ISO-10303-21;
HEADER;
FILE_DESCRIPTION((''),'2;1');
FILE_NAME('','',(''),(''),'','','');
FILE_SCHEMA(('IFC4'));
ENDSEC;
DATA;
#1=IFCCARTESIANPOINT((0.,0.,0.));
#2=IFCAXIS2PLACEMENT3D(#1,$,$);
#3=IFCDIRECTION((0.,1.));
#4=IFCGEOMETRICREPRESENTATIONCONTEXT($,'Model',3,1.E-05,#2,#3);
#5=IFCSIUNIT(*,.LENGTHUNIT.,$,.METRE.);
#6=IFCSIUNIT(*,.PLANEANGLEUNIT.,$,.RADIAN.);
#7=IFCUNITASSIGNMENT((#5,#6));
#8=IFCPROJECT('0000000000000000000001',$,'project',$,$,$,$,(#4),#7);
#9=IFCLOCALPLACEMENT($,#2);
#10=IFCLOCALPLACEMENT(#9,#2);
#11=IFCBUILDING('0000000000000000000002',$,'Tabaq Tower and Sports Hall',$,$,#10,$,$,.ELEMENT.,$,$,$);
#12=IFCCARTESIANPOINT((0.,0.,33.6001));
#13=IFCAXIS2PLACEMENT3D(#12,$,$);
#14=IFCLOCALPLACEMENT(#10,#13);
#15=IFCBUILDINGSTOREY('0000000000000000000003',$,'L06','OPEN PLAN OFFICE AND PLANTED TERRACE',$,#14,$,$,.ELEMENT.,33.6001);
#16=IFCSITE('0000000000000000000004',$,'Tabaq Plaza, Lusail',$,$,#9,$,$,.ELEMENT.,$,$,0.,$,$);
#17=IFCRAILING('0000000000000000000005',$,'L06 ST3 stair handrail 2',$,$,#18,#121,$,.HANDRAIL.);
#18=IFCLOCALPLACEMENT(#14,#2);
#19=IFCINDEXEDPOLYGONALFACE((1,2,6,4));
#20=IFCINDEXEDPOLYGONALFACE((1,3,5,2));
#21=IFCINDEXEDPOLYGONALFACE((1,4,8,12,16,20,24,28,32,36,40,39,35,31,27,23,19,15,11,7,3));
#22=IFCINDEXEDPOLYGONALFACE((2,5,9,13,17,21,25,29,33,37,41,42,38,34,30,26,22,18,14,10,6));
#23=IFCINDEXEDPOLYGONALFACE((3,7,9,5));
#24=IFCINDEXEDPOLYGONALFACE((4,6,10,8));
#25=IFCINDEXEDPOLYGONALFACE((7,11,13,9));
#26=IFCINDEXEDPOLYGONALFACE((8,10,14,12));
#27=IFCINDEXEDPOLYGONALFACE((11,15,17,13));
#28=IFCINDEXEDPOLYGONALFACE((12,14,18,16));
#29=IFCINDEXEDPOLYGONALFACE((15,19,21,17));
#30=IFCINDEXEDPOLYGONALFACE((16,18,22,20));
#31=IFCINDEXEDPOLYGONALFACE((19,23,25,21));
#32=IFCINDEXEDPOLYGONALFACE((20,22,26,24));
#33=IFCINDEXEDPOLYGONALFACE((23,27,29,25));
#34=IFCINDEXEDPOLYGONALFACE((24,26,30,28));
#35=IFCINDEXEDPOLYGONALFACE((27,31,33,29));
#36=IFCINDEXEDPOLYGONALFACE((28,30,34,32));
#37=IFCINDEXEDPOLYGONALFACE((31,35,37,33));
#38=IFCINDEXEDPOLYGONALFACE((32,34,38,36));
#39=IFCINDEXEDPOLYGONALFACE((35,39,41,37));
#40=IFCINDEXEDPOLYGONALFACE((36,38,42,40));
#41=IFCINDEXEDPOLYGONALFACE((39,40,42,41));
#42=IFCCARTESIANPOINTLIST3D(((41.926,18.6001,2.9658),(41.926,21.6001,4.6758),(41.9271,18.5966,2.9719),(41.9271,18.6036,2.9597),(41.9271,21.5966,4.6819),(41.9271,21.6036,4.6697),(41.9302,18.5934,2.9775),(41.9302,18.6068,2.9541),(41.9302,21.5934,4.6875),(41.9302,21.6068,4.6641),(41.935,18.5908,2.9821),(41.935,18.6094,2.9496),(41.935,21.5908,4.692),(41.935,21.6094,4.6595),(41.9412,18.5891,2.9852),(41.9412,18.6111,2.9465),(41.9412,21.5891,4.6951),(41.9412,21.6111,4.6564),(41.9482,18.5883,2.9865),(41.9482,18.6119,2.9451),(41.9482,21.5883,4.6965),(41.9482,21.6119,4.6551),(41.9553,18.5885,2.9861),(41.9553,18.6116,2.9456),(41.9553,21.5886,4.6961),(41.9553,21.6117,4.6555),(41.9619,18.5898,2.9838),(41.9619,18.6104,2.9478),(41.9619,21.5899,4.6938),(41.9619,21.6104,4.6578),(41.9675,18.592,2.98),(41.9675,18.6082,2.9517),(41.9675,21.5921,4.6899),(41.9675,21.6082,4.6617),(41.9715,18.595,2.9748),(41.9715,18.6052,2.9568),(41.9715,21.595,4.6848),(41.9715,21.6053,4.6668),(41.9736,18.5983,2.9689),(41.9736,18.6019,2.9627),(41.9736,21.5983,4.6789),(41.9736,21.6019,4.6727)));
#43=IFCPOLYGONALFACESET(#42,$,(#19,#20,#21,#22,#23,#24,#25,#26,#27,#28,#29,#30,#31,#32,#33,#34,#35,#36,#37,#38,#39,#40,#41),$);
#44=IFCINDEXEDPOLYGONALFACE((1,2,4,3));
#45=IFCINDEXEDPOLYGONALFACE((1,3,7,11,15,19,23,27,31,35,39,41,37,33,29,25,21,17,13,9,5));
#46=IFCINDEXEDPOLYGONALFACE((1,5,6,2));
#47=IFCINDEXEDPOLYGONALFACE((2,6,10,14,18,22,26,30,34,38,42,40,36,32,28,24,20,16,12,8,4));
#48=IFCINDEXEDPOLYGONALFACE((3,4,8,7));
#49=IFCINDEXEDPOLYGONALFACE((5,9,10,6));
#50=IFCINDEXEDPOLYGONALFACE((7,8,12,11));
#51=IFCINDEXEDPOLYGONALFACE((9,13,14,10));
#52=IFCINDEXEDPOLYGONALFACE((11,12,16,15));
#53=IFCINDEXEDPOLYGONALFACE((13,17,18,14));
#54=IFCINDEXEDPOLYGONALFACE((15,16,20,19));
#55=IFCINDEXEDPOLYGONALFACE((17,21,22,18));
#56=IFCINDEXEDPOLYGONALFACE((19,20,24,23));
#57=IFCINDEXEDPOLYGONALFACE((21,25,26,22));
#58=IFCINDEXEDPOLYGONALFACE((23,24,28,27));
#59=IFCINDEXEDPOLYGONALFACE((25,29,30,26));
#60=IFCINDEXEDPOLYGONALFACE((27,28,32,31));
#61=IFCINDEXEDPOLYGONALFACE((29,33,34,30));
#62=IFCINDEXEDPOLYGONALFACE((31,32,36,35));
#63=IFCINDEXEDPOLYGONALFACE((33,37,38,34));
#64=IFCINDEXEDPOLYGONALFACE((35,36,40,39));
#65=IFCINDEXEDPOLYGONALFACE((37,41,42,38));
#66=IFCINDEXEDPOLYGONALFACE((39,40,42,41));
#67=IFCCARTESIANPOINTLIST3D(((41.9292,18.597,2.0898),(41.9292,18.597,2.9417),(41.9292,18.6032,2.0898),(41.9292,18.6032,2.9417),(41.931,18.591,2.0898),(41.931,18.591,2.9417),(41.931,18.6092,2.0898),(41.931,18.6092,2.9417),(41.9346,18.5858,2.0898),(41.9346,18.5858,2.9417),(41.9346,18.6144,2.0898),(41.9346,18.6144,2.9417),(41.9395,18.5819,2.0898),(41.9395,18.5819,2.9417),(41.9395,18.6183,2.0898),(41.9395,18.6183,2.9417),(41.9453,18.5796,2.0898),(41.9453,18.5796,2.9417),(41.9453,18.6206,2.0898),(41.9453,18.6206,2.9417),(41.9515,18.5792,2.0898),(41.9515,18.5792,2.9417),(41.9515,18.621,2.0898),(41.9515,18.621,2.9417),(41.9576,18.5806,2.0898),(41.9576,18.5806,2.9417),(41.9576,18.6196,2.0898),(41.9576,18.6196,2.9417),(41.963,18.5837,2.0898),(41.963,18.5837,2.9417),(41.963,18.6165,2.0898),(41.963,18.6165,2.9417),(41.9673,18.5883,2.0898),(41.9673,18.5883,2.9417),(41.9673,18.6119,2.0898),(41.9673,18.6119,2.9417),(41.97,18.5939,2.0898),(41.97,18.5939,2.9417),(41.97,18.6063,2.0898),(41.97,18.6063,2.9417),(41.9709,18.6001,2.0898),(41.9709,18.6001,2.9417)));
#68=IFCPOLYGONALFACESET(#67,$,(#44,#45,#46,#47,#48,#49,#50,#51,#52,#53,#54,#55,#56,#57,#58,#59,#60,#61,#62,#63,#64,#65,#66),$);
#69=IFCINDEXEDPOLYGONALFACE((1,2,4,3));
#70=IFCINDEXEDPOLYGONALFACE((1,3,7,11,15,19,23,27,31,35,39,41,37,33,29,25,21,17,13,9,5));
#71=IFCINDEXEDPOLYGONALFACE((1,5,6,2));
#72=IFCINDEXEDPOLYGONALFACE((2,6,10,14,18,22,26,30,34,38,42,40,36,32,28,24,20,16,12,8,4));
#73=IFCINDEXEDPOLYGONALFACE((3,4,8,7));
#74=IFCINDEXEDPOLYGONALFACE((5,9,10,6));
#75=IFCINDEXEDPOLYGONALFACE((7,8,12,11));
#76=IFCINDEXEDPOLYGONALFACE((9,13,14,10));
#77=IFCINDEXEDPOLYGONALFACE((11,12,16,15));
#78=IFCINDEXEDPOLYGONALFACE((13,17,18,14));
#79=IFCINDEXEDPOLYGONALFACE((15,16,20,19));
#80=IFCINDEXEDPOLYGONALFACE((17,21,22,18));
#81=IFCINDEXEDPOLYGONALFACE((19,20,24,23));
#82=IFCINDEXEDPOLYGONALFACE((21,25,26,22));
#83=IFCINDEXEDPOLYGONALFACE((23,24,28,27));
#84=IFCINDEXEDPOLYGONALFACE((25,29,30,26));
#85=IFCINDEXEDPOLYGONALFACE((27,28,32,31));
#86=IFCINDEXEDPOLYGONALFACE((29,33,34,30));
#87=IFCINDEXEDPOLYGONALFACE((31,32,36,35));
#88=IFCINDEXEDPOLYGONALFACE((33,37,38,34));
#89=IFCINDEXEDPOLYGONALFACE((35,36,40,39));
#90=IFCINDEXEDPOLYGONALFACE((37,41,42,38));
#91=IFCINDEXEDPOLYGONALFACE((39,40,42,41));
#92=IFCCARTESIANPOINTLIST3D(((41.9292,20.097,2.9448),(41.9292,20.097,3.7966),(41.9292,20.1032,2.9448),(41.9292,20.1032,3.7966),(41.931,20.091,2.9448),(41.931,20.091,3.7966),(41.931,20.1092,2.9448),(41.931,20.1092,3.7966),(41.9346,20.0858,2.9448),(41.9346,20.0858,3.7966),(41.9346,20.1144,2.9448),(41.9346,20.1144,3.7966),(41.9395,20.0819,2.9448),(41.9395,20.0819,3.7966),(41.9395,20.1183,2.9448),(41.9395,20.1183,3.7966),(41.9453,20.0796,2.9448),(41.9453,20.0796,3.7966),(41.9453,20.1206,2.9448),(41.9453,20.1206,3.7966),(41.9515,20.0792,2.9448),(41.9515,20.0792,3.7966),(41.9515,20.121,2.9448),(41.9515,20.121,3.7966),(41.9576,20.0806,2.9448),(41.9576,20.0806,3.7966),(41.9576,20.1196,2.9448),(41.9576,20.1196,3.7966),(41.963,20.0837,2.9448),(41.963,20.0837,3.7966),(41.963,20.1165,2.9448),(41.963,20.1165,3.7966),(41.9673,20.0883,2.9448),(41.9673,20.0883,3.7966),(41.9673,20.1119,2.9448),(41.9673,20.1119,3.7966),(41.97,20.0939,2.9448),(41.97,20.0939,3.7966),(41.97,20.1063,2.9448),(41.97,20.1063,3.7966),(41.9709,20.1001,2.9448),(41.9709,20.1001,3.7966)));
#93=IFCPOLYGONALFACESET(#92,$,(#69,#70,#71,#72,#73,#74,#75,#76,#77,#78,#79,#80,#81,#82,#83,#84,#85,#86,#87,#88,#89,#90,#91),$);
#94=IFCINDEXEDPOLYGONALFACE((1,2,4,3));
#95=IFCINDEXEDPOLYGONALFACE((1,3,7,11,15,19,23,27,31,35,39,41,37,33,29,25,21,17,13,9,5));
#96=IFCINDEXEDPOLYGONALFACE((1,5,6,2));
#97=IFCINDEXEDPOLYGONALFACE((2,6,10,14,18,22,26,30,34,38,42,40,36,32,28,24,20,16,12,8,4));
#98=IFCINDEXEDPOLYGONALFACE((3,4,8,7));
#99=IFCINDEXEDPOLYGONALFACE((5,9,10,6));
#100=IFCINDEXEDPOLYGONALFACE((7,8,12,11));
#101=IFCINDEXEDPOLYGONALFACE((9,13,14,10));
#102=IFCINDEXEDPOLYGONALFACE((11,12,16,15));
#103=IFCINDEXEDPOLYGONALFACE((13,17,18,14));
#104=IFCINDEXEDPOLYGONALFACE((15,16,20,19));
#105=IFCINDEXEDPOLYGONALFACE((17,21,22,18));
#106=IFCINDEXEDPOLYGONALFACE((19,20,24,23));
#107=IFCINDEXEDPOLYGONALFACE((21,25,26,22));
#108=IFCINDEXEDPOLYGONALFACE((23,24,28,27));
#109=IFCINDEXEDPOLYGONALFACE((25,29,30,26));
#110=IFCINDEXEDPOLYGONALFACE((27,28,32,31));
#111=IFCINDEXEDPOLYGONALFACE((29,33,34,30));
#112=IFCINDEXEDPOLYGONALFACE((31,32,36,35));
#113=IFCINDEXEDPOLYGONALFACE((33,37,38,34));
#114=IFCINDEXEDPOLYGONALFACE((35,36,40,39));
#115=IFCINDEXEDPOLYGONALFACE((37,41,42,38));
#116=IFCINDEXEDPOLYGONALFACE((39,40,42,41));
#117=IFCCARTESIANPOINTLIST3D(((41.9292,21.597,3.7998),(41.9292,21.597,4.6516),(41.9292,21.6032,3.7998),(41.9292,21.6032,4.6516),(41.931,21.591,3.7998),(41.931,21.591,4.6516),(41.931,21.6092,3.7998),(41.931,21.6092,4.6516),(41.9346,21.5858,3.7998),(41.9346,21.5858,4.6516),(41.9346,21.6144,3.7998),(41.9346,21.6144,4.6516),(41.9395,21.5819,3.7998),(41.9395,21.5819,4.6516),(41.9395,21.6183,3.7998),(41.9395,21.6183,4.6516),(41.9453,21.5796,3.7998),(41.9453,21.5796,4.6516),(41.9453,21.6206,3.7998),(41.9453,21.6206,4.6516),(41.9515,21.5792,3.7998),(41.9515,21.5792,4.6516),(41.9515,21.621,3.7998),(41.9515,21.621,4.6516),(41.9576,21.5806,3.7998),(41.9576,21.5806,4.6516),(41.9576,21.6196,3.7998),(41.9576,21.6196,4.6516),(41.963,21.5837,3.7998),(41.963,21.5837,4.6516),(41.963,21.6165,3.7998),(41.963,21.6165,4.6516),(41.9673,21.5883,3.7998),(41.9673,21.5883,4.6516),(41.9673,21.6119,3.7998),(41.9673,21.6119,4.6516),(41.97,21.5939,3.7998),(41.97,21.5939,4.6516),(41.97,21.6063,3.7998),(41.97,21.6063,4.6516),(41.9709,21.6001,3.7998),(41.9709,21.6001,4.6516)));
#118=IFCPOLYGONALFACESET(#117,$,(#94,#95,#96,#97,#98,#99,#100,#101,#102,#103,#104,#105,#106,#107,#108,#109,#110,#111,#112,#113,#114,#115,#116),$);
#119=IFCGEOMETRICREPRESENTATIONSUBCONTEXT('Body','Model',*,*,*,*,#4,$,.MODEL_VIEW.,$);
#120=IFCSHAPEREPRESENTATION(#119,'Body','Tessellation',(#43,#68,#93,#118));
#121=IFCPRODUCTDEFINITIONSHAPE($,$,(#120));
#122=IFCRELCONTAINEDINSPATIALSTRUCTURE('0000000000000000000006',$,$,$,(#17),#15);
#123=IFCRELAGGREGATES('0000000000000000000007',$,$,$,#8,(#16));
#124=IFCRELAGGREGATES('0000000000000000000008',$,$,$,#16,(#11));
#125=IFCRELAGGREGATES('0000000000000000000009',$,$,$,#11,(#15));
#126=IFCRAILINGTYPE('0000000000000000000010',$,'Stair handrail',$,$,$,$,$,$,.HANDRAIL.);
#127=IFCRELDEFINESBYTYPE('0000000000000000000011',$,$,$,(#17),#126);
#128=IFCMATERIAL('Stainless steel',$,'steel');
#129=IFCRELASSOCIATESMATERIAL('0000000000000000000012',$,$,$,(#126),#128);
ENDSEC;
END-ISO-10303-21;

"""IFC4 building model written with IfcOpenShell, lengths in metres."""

from ifc_helpers import new_model, si_unit, direction, frame, origin, origin_2d, place, context, subcontext, project, spatial, circle, extrude, material, type_object, element, save


model = new_model("IFC4")

# Units and contexts
model_context = context("Model", 3, precision=1e-05, world=origin(), true_north=direction((0.0, 1.0)))
body_context = subcontext(model_context, "Body", "Model", "MODEL_VIEW")
ifc_project = project(units=[si_unit("LENGTHUNIT", "METRE"), si_unit("PLANEANGLEUNIT", "RADIAN")], contexts=[model_context])

# Site, building, storey
site_placement = place(None, origin())
site = spatial("IfcSite", under=ifc_project, at=site_placement, Name="Tabaq Plaza, Lusail", CompositionType="ELEMENT", RefElevation=0.0)
building_placement = place(site_placement, origin())
building = spatial("IfcBuilding", under=site, at=building_placement, Name="Tabaq Tower and Sports Hall", CompositionType="ELEMENT")
storey_placement = place(building_placement, frame((0.0, 0.0, 33.6001)))
storey = spatial("IfcBuildingStorey", under=building, at=storey_placement, Name="L06", Description="OPEN PLAN OFFICE AND PLANTED TERRACE", CompositionType="ELEMENT", Elevation=33.6001)

# Railing
ifc_material_1 = material(Name="Stainless steel", Category="steel")
railing_type_1 = type_object("IfcRailingType", Name="Stair handrail", PredefinedType="HANDRAIL", material=ifc_material_1)
railing_1_placement = place(storey_placement, frame((41.95, 18.6001, 2.0898)))
element("IfcRailing", 1, at=railing_1_placement, inside=storey, type_object=railing_type_1, Name="L06 ST3 stair handrail 2", PredefinedType="HANDRAIL", context=body_context, shape_type="SweptSolid", body=[
    extrude(circle(Radius=0.0239, at=origin_2d()), frame((0.0, 0.0, 0.876), z_axis=(0.0, 0.868782, 0.495195), x_axis=(-1.0, 0.0, 0.0)), (0.0, 0.0, 1.0), 3.4531),
    extrude(circle(Radius=0.021, at=origin_2d()), origin(), (0.0, 0.0, 1.0), 0.8518),
    extrude(circle(Radius=0.021, at=origin_2d()), frame((0.0, 1.5, 0.855)), (0.0, 0.0, 1.0), 0.8518),
    extrude(circle(Radius=0.021, at=origin_2d()), frame((0.0, 3.0, 1.71)), (0.0, 0.0, 1.0), 0.8518),
])

save(model, "model.ifc")
